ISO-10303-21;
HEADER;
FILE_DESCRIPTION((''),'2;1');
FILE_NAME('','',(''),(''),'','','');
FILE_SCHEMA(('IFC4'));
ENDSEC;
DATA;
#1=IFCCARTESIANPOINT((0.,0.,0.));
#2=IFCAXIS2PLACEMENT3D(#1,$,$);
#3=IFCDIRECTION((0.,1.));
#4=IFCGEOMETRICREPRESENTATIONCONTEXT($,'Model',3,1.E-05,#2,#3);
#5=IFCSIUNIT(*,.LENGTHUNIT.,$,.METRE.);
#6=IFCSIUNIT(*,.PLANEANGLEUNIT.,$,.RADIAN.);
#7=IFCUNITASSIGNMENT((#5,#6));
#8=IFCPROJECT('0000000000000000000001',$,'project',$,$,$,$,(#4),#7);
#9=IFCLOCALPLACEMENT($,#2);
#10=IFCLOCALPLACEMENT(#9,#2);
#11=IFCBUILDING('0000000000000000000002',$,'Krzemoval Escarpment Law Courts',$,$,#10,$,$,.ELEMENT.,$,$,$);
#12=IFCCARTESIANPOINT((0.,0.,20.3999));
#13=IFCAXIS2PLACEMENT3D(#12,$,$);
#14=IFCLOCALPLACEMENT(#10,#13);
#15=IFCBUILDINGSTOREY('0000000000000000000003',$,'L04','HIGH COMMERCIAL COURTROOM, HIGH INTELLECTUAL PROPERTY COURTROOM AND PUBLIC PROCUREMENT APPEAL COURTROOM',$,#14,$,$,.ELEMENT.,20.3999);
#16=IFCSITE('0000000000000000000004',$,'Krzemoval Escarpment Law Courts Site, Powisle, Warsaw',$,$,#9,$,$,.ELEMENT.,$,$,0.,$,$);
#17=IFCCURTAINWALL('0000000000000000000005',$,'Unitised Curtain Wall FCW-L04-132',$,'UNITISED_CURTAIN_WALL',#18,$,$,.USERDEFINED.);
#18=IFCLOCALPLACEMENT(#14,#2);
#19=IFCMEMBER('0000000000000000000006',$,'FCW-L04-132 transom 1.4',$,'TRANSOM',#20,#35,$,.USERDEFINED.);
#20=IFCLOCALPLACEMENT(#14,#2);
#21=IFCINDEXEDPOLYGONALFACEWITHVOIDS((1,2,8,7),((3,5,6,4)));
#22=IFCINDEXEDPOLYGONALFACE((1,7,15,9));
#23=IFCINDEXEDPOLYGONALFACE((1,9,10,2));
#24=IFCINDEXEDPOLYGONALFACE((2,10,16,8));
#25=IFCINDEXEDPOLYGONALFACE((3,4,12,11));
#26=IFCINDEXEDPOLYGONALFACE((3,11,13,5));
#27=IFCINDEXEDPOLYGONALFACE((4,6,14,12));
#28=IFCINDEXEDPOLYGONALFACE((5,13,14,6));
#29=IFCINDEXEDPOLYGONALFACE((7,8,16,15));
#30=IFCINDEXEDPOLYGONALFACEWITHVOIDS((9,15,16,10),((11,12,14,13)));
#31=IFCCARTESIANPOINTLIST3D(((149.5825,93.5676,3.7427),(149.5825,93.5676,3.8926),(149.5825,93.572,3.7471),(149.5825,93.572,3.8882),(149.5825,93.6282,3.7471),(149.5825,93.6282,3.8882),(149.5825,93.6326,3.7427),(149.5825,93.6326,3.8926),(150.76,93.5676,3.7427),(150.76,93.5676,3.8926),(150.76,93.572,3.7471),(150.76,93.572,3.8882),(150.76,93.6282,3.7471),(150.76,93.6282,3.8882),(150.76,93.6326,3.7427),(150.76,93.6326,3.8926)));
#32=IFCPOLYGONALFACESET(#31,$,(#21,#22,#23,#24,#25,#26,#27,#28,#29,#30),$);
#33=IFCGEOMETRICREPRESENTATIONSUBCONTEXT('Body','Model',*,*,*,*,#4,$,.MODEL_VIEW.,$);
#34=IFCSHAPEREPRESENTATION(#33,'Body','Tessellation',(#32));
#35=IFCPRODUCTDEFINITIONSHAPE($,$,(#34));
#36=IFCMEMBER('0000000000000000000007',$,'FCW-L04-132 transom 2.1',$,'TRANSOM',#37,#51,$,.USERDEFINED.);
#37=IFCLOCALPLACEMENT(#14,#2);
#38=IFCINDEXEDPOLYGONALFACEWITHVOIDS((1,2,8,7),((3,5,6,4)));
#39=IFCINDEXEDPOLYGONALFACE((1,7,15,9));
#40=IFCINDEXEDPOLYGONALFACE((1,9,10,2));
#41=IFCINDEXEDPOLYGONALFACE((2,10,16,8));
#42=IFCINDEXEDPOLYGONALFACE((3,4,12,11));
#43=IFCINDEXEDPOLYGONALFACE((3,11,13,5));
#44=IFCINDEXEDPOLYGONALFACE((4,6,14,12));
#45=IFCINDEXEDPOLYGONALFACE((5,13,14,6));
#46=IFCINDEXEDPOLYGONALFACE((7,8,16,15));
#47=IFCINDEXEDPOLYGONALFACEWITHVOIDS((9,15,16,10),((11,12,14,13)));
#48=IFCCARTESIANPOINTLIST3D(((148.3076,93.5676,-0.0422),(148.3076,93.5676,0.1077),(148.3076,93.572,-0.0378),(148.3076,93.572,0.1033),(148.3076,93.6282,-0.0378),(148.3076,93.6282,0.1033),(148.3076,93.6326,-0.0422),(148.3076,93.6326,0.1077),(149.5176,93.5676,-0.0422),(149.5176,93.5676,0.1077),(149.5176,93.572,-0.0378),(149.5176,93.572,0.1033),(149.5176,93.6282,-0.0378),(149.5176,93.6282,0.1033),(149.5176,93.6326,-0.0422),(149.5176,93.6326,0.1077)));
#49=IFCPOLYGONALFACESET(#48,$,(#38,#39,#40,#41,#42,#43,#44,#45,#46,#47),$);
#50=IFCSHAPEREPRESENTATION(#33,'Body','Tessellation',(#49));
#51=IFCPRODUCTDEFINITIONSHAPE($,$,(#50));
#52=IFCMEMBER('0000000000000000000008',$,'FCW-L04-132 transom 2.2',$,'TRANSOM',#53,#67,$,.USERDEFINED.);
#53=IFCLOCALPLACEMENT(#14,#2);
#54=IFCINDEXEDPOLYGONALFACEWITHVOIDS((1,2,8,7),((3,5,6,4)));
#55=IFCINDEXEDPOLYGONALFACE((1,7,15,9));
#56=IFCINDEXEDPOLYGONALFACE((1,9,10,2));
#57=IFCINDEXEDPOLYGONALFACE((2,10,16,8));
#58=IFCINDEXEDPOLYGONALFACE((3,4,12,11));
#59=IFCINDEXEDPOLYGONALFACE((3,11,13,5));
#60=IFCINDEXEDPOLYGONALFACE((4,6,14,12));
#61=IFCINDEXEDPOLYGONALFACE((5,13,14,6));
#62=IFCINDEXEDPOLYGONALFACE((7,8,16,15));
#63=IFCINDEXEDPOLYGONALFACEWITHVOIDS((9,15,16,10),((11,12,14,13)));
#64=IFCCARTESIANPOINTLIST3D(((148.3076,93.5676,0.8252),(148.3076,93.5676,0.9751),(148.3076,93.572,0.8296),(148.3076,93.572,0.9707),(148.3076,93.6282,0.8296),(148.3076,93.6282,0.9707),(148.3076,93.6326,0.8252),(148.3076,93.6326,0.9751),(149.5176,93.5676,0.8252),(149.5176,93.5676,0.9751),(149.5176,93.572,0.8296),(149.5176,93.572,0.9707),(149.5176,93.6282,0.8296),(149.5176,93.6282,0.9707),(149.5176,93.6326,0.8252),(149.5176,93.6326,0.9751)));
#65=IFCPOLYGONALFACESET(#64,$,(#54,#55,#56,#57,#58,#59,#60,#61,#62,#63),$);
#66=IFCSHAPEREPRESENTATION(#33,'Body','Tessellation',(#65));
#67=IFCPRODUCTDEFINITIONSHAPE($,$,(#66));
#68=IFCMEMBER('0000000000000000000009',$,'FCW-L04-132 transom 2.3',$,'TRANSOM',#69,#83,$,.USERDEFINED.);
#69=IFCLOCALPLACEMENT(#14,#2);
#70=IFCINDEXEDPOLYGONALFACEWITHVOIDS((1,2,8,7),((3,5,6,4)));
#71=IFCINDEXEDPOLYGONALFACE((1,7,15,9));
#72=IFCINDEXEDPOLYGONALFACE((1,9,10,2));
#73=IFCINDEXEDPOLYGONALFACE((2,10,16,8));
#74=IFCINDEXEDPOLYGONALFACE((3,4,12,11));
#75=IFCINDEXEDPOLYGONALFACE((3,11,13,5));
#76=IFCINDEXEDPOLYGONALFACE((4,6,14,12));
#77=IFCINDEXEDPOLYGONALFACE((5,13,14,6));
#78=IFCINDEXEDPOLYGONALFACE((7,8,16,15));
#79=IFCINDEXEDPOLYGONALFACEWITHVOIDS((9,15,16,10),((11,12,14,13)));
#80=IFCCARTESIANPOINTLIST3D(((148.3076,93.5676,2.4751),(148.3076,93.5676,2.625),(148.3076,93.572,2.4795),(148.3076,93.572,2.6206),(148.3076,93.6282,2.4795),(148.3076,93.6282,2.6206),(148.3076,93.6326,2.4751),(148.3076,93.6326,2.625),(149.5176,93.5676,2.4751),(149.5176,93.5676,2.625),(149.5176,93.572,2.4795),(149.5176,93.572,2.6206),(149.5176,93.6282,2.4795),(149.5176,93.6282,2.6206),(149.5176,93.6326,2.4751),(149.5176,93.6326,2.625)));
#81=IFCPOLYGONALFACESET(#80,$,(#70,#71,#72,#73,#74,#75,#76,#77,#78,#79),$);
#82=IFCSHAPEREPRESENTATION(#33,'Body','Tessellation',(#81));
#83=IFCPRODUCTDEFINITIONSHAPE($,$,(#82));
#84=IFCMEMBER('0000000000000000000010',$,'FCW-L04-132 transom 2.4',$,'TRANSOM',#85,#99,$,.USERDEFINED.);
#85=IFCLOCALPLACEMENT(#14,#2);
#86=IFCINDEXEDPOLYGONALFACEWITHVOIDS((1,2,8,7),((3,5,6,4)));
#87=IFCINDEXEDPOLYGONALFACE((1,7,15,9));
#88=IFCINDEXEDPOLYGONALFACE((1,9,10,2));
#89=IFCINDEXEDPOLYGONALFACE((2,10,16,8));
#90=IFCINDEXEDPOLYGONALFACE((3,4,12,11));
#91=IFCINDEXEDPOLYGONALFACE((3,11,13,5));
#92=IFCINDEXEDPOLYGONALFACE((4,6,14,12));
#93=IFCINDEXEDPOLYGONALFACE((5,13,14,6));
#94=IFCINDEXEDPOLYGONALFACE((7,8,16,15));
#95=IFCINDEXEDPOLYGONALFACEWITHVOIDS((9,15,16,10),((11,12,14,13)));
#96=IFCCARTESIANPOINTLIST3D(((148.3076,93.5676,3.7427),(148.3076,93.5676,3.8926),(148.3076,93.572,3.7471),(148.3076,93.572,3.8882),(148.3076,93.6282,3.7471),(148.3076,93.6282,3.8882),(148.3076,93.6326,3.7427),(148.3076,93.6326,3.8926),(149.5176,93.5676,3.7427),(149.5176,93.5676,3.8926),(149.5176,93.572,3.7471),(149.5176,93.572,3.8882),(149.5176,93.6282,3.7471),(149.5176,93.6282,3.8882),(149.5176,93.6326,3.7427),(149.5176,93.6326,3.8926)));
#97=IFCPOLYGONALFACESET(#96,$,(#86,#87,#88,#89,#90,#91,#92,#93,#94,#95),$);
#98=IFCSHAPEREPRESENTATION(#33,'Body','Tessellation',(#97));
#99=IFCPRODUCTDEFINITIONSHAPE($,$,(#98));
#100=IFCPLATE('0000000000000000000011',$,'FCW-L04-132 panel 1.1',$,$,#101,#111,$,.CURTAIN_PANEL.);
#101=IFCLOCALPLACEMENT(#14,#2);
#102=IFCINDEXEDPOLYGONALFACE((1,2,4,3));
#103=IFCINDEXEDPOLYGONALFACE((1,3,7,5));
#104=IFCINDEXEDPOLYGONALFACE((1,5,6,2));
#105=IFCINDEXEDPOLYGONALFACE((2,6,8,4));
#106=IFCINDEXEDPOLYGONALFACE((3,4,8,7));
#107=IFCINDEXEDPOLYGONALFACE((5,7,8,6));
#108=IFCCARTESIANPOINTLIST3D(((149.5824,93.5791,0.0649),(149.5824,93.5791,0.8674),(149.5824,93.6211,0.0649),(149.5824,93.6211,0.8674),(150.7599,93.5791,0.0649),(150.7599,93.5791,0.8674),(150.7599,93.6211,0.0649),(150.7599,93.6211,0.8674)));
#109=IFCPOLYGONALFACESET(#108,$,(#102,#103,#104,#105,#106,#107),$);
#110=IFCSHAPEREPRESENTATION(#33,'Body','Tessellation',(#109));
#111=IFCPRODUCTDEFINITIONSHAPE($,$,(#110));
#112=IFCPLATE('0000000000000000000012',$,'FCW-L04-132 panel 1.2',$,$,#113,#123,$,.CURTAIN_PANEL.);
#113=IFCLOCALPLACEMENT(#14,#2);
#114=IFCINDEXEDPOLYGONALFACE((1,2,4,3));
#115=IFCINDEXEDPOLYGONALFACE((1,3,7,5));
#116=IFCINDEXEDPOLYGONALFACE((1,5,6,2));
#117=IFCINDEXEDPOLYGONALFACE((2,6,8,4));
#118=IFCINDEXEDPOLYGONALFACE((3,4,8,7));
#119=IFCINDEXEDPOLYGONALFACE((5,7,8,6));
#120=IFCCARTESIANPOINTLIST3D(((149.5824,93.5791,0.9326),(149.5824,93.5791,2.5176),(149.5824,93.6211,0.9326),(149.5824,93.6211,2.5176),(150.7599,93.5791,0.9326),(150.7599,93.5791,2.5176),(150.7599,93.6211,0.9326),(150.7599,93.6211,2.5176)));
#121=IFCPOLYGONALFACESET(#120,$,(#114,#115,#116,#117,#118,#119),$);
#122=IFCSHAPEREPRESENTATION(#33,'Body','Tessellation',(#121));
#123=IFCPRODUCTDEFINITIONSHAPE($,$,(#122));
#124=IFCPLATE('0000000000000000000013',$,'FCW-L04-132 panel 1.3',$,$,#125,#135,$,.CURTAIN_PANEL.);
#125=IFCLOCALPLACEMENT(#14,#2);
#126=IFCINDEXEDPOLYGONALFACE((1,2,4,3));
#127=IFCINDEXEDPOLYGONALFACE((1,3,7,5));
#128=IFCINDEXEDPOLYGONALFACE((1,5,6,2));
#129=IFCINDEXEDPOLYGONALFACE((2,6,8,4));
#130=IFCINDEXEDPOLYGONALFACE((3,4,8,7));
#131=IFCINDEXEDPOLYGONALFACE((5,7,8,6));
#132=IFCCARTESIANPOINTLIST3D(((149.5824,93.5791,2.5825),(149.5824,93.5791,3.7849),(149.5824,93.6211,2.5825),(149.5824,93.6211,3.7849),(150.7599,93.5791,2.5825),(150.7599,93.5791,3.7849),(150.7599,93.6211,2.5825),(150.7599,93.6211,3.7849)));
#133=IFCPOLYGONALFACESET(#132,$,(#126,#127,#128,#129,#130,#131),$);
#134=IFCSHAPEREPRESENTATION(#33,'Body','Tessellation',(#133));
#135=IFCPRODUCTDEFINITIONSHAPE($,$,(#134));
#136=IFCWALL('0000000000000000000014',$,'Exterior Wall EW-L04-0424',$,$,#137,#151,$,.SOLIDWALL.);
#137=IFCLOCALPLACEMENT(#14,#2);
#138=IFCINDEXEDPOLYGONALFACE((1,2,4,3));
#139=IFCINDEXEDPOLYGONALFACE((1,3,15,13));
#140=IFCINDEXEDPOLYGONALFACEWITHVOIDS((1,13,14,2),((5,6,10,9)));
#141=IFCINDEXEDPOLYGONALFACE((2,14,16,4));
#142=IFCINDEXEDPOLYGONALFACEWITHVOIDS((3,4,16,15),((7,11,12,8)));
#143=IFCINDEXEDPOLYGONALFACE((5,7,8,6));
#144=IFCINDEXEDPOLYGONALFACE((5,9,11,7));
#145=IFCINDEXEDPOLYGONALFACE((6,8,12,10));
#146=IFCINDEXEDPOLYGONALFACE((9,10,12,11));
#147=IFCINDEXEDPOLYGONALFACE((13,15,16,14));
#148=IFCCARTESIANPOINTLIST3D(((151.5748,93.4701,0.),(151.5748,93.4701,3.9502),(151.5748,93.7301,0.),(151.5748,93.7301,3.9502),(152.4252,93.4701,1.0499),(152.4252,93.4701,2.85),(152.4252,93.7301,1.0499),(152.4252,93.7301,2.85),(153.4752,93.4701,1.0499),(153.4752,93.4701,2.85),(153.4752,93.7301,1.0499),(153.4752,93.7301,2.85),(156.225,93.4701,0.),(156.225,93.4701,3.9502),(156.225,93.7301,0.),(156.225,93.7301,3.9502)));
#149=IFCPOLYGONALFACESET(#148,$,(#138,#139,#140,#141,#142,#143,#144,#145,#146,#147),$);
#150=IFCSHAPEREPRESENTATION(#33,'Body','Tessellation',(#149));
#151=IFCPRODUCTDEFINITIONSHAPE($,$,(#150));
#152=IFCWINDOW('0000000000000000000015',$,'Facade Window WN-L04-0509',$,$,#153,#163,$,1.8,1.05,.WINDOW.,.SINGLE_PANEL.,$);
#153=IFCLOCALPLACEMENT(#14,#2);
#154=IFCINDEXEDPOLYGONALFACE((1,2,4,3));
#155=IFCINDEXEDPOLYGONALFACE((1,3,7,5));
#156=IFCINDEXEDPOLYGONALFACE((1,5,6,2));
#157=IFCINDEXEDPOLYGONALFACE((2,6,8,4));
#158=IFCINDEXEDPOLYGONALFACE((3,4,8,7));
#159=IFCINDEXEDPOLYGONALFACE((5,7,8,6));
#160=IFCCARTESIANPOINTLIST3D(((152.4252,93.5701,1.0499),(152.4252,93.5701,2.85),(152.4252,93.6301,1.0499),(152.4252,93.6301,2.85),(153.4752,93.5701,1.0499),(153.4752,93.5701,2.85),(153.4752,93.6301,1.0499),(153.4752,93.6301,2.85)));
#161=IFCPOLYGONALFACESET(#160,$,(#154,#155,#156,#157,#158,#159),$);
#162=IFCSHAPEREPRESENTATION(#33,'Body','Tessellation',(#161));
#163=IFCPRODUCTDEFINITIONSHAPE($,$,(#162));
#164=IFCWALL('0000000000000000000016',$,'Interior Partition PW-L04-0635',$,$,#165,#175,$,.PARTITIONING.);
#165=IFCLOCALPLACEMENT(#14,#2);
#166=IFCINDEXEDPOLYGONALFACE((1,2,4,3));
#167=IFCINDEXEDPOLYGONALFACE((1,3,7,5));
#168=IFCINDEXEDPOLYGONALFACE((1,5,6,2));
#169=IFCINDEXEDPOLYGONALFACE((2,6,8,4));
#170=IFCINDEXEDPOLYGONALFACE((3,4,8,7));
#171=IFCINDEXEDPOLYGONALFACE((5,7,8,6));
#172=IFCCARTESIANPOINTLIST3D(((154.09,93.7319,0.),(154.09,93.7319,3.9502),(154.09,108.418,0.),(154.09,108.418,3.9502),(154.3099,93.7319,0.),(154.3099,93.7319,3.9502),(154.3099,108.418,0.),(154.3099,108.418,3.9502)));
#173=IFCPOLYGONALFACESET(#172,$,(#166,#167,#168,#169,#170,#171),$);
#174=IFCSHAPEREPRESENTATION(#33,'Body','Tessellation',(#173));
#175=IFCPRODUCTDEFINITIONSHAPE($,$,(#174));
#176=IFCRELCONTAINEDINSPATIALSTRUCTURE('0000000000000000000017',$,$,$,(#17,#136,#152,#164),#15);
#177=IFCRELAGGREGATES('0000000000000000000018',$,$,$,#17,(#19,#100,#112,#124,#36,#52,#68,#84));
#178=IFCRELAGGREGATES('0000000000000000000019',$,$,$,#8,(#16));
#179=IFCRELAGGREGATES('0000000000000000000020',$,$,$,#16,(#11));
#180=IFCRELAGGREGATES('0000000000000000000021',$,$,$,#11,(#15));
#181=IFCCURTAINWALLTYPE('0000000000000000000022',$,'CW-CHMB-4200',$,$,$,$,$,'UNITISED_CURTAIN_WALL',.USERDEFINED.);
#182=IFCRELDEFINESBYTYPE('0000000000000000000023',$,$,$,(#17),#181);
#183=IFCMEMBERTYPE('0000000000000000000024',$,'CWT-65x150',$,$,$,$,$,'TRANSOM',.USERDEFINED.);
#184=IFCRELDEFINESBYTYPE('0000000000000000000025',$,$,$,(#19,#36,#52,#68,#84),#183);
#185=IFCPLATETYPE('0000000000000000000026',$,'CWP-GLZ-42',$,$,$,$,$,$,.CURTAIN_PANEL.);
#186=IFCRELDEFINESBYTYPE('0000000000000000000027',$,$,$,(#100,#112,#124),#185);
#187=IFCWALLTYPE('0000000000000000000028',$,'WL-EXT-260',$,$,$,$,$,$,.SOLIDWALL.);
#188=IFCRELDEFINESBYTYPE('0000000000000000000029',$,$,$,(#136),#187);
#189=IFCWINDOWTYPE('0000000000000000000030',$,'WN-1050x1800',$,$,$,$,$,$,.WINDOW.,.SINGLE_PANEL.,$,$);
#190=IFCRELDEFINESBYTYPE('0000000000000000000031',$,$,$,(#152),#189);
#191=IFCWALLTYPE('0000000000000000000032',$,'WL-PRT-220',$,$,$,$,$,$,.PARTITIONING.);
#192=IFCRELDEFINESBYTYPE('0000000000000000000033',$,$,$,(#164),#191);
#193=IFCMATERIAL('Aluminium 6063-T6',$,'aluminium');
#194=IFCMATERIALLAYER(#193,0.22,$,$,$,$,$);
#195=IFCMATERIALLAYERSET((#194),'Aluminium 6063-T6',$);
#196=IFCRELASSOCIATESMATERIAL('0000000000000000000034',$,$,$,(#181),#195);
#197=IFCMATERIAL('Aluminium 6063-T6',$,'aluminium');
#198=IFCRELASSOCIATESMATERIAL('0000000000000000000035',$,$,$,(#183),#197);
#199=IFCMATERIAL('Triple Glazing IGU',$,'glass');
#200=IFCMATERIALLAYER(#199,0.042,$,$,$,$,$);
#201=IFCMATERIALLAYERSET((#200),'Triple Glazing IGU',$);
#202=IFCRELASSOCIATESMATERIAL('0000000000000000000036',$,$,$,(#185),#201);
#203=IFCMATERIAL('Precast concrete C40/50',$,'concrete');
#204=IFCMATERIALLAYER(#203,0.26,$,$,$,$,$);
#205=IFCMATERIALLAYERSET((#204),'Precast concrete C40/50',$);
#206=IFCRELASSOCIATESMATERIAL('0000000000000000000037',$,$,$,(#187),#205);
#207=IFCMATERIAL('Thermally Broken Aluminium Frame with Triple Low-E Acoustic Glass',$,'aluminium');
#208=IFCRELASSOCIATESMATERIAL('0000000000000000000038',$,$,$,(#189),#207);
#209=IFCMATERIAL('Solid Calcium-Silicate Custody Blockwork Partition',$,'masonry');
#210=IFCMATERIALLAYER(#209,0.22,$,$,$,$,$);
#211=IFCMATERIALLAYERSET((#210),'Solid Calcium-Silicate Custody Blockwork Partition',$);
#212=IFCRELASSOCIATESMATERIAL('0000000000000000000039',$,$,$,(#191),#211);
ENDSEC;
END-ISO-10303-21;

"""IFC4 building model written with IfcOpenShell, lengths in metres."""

from ifc_helpers import new_model, si_unit, direction, frame, frame_2d, origin, origin_2d, place, context, subcontext, project, spatial, rectangle, hollow_rectangle, extrude, material, layer, layer_set, material_profile, profile_set, type_object, element, fill, aggregate, save


model = new_model("IFC4")

# Units and contexts
model_context = context("Model", 3, precision=1e-05, world=origin(), true_north=direction((0.0, 1.0)))
body_context = subcontext(model_context, "Body", "Model", "MODEL_VIEW")
ifc_project = project(units=[si_unit("LENGTHUNIT", "METRE"), si_unit("PLANEANGLEUNIT", "RADIAN")], contexts=[model_context])

# Site, building, storey
site_placement = place(None, origin())
site = spatial("IfcSite", under=ifc_project, at=site_placement, Name="Krzemoval Escarpment Law Courts Site, Powisle, Warsaw", CompositionType="ELEMENT", RefElevation=0.0)
building_placement = place(site_placement, origin())
building = spatial("IfcBuilding", under=site, at=building_placement, Name="Krzemoval Escarpment Law Courts", CompositionType="ELEMENT")
storey_placement = place(building_placement, frame((0.0, 0.0, 20.3999)))
storey = spatial("IfcBuildingStorey", under=building, at=storey_placement, Name="L04", Description="HIGH COMMERCIAL COURTROOM, HIGH INTELLECTUAL PROPERTY COURTROOM AND PUBLIC PROCUREMENT APPEAL COURTROOM", CompositionType="ELEMENT", Elevation=20.3999)

# Curtain wall, members, plates
ifc_material_1 = material(Name="Aluminium 6063-T6", Category="aluminium")
ifc_layer_1 = layer(ifc_material_1, 0.22)
ifc_layer_set_1 = layer_set([ifc_layer_1], Name="Aluminium 6063-T6")
curtain_wall_type = type_object("IfcCurtainWallType", Name="CW-CHMB-4200", ElementType="UNITISED_CURTAIN_WALL", PredefinedType="USERDEFINED", material=ifc_layer_set_1)
curtain_wall_placement = place(storey_placement, origin())
curtain_wall = element("IfcCurtainWall", 1, at=curtain_wall_placement, inside=storey, type_object=curtain_wall_type, Name="Unitised Curtain Wall FCW-L04-132", ObjectType="UNITISED_CURTAIN_WALL", PredefinedType="USERDEFINED")
ifc_material_2 = material(Name="Aluminium 6063-T6", Category="aluminium")
ifc_material_profile_1 = material_profile(ifc_material_2, hollow_rectangle(XDim=0.0649, YDim=0.1499, WallThickness=0.0044, at=origin_2d()), Name="ALU T65x150")
ifc_profile_set_1 = profile_set([ifc_material_profile_1], Name="Aluminium 6063-T6")
member_type_1 = type_object("IfcMemberType", Name="CWT-65x150", ElementType="TRANSOM", PredefinedType="USERDEFINED", material=ifc_profile_set_1)
member_1_placement = place(storey_placement, frame((150.76, 93.6001, 3.8176), z_axis=(-1.0, 0.0, 0.0), x_axis=(0.0, -1.0, 0.0)))
member_1 = element("IfcMember", 2, at=member_1_placement, type_object=member_type_1, Name="FCW-L04-132 transom 1.4", ObjectType="TRANSOM", PredefinedType="USERDEFINED", context=body_context, shape_type="SweptSolid", body=[
    extrude(hollow_rectangle(XDim=0.0649, YDim=0.1499, WallThickness=0.0044, at=origin_2d()), origin(), (0.0, 0.0, 1.0), 1.1775),
])
member_2_placement = place(storey_placement, frame((149.5176, 93.6001, 0.0327), z_axis=(-1.0, 0.0, 0.0), x_axis=(0.0, -1.0, 0.0)))
member_2 = element("IfcMember", 3, at=member_2_placement, type_object=member_type_1, Name="FCW-L04-132 transom 2.1", ObjectType="TRANSOM", PredefinedType="USERDEFINED", context=body_context, shape_type="SweptSolid", body=[
    extrude(hollow_rectangle(XDim=0.0649, YDim=0.1499, WallThickness=0.0044, at=origin_2d()), origin(), (0.0, 0.0, 1.0), 1.21),
])
member_3_placement = place(storey_placement, frame((149.5176, 93.6001, 0.9001), z_axis=(-1.0, 0.0, 0.0), x_axis=(0.0, -1.0, 0.0)))
member_3 = element("IfcMember", 4, at=member_3_placement, type_object=member_type_1, Name="FCW-L04-132 transom 2.2", ObjectType="TRANSOM", PredefinedType="USERDEFINED", context=body_context, shape_type="SweptSolid", body=[
    extrude(hollow_rectangle(XDim=0.0649, YDim=0.1499, WallThickness=0.0044, at=origin_2d()), origin(), (0.0, 0.0, 1.0), 1.21),
])
member_4_placement = place(storey_placement, frame((149.5176, 93.6001, 2.55), z_axis=(-1.0, 0.0, 0.0), x_axis=(0.0, -1.0, 0.0)))
member_4 = element("IfcMember", 5, at=member_4_placement, type_object=member_type_1, Name="FCW-L04-132 transom 2.3", ObjectType="TRANSOM", PredefinedType="USERDEFINED", context=body_context, shape_type="SweptSolid", body=[
    extrude(hollow_rectangle(XDim=0.0649, YDim=0.1499, WallThickness=0.0044, at=origin_2d()), origin(), (0.0, 0.0, 1.0), 1.21),
])
member_5_placement = place(storey_placement, frame((149.5176, 93.6001, 3.8176), z_axis=(-1.0, 0.0, 0.0), x_axis=(0.0, -1.0, 0.0)))
member_5 = element("IfcMember", 6, at=member_5_placement, type_object=member_type_1, Name="FCW-L04-132 transom 2.4", ObjectType="TRANSOM", PredefinedType="USERDEFINED", context=body_context, shape_type="SweptSolid", body=[
    extrude(hollow_rectangle(XDim=0.0649, YDim=0.1499, WallThickness=0.0044, at=origin_2d()), origin(), (0.0, 0.0, 1.0), 1.21),
])
ifc_material_3 = material(Name="Triple Glazing IGU", Category="glass")
ifc_layer_2 = layer(ifc_material_3, 0.042)
ifc_layer_set_2 = layer_set([ifc_layer_2], Name="Triple Glazing IGU")
plate_type = type_object("IfcPlateType", Name="CWP-GLZ-42", PredefinedType="CURTAIN_PANEL", material=ifc_layer_set_2)
plate_1_placement = place(storey_placement, frame((150.1711, 93.6001, 0.0649), z_axis=(0.0, 0.0, 1.0), x_axis=(-1.0, 0.0, 0.0)))
plate_1 = element("IfcPlate", 7, at=plate_1_placement, type_object=plate_type, Name="FCW-L04-132 panel 1.1", PredefinedType="CURTAIN_PANEL", context=body_context, shape_type="SweptSolid", body=[
    extrude(rectangle(XDim=1.1775, YDim=0.042, at=origin_2d()), origin(), (0.0, 0.0, 1.0), 0.8025),
])
plate_2_placement = place(storey_placement, frame((150.1711, 93.6001, 0.9326), z_axis=(0.0, 0.0, 1.0), x_axis=(-1.0, 0.0, 0.0)))
plate_2 = element("IfcPlate", 8, at=plate_2_placement, type_object=plate_type, Name="FCW-L04-132 panel 1.2", PredefinedType="CURTAIN_PANEL", context=body_context, shape_type="SweptSolid", body=[
    extrude(rectangle(XDim=1.1775, YDim=0.042, at=origin_2d()), origin(), (0.0, 0.0, 1.0), 1.585),
])
plate_3_placement = place(storey_placement, frame((150.1711, 93.6001, 2.5825), z_axis=(0.0, 0.0, 1.0), x_axis=(-1.0, 0.0, 0.0)))
plate_3 = element("IfcPlate", 9, at=plate_3_placement, type_object=plate_type, Name="FCW-L04-132 panel 1.3", PredefinedType="CURTAIN_PANEL", context=body_context, shape_type="SweptSolid", body=[
    extrude(rectangle(XDim=1.1775, YDim=0.042, at=origin_2d()), origin(), (0.0, 0.0, 1.0), 1.2024),
])
aggregate(curtain_wall, [member_1, plate_1, plate_2, plate_3, member_2, member_3, member_4, member_5])

# Wall, opening, window
ifc_material_4 = material(Name="Precast concrete C40/50", Category="concrete")
ifc_layer_3 = layer(ifc_material_4, 0.26)
ifc_layer_set_3 = layer_set([ifc_layer_3], Name="Precast concrete C40/50")
wall_type_1 = type_object("IfcWallType", Name="WL-EXT-260", PredefinedType="SOLIDWALL", material=ifc_layer_set_3)
wall_1_placement = place(storey_placement, frame((156.2251, 93.6001, 0.0), z_axis=(0.0, 0.0, 1.0), x_axis=(-1.0, 0.0, 0.0)))
wall_1 = element("IfcWall", 10, at=wall_1_placement, inside=storey, type_object=wall_type_1, Name="Exterior Wall EW-L04-0424", PredefinedType="SOLIDWALL", context=body_context, shape_type="SweptSolid", body=[
    extrude(rectangle(XDim=4.6501, YDim=0.26, at=frame_2d((2.3252, 0.0))), origin(), (0.0, 0.0, 1.0), 3.9502),
])
opening_placement = place(wall_1_placement, frame((2.75, 0.0, 1.05)))
opening = element("IfcOpeningElement", 11, at=opening_placement, cuts=wall_1, PredefinedType="OPENING", context=body_context, shape_type="SweptSolid", body=[
    extrude(rectangle(XDim=1.05, YDim=1.8, at=frame_2d((0.5249, 0.8999))), frame((0.0, 0.145, 0.0), z_axis=(0.0, -1.0, 0.0), x_axis=(1.0, 0.0, 0.0)), (0.0, 0.0, 1.0), 0.29),
])
ifc_material_5 = material(Name="Thermally Broken Aluminium Frame with Triple Low-E Acoustic Glass", Category="aluminium")
window_type = type_object("IfcWindowType", Name="WN-1050x1800", PartitioningType="SINGLE_PANEL", PredefinedType="WINDOW", material=ifc_material_5)
window_placement = place(opening_placement, origin())
window = element("IfcWindow", 12, at=window_placement, inside=storey, type_object=window_type, Name="Facade Window WN-L04-0509", OverallHeight=1.8, OverallWidth=1.05, PartitioningType="SINGLE_PANEL", PredefinedType="WINDOW", context=body_context, shape_type="SweptSolid", body=[
    extrude(rectangle(XDim=1.05, YDim=1.8, at=frame_2d((0.5249, 0.8999))), frame((0.0, 0.03, 0.0), z_axis=(0.0, -1.0, 0.0), x_axis=(1.0, 0.0, 0.0)), (0.0, 0.0, 1.0), 0.0601),
])
fill(opening, window)

# Wall
ifc_material_6 = material(Name="Solid Calcium-Silicate Custody Blockwork Partition", Category="masonry")
ifc_layer_4 = layer(ifc_material_6, 0.22)
ifc_layer_set_4 = layer_set([ifc_layer_4], Name="Solid Calcium-Silicate Custody Blockwork Partition")
wall_type_2 = type_object("IfcWallType", Name="WL-PRT-220", PredefinedType="PARTITIONING", material=ifc_layer_set_4)
wall_2_placement = place(storey_placement, frame((154.2, 93.7319, 0.0), z_axis=(0.0, 0.0, 1.0), x_axis=(0.0, 1.0, 0.0)))
element("IfcWall", 13, at=wall_2_placement, inside=storey, type_object=wall_type_2, Name="Interior Partition PW-L04-0635", PredefinedType="PARTITIONING", context=body_context, shape_type="SweptSolid", body=[
    extrude(rectangle(XDim=14.686, YDim=0.22, at=frame_2d((7.343, 0.0))), origin(), (0.0, 0.0, 1.0), 3.9502),
])

save(model, "model.ifc")
